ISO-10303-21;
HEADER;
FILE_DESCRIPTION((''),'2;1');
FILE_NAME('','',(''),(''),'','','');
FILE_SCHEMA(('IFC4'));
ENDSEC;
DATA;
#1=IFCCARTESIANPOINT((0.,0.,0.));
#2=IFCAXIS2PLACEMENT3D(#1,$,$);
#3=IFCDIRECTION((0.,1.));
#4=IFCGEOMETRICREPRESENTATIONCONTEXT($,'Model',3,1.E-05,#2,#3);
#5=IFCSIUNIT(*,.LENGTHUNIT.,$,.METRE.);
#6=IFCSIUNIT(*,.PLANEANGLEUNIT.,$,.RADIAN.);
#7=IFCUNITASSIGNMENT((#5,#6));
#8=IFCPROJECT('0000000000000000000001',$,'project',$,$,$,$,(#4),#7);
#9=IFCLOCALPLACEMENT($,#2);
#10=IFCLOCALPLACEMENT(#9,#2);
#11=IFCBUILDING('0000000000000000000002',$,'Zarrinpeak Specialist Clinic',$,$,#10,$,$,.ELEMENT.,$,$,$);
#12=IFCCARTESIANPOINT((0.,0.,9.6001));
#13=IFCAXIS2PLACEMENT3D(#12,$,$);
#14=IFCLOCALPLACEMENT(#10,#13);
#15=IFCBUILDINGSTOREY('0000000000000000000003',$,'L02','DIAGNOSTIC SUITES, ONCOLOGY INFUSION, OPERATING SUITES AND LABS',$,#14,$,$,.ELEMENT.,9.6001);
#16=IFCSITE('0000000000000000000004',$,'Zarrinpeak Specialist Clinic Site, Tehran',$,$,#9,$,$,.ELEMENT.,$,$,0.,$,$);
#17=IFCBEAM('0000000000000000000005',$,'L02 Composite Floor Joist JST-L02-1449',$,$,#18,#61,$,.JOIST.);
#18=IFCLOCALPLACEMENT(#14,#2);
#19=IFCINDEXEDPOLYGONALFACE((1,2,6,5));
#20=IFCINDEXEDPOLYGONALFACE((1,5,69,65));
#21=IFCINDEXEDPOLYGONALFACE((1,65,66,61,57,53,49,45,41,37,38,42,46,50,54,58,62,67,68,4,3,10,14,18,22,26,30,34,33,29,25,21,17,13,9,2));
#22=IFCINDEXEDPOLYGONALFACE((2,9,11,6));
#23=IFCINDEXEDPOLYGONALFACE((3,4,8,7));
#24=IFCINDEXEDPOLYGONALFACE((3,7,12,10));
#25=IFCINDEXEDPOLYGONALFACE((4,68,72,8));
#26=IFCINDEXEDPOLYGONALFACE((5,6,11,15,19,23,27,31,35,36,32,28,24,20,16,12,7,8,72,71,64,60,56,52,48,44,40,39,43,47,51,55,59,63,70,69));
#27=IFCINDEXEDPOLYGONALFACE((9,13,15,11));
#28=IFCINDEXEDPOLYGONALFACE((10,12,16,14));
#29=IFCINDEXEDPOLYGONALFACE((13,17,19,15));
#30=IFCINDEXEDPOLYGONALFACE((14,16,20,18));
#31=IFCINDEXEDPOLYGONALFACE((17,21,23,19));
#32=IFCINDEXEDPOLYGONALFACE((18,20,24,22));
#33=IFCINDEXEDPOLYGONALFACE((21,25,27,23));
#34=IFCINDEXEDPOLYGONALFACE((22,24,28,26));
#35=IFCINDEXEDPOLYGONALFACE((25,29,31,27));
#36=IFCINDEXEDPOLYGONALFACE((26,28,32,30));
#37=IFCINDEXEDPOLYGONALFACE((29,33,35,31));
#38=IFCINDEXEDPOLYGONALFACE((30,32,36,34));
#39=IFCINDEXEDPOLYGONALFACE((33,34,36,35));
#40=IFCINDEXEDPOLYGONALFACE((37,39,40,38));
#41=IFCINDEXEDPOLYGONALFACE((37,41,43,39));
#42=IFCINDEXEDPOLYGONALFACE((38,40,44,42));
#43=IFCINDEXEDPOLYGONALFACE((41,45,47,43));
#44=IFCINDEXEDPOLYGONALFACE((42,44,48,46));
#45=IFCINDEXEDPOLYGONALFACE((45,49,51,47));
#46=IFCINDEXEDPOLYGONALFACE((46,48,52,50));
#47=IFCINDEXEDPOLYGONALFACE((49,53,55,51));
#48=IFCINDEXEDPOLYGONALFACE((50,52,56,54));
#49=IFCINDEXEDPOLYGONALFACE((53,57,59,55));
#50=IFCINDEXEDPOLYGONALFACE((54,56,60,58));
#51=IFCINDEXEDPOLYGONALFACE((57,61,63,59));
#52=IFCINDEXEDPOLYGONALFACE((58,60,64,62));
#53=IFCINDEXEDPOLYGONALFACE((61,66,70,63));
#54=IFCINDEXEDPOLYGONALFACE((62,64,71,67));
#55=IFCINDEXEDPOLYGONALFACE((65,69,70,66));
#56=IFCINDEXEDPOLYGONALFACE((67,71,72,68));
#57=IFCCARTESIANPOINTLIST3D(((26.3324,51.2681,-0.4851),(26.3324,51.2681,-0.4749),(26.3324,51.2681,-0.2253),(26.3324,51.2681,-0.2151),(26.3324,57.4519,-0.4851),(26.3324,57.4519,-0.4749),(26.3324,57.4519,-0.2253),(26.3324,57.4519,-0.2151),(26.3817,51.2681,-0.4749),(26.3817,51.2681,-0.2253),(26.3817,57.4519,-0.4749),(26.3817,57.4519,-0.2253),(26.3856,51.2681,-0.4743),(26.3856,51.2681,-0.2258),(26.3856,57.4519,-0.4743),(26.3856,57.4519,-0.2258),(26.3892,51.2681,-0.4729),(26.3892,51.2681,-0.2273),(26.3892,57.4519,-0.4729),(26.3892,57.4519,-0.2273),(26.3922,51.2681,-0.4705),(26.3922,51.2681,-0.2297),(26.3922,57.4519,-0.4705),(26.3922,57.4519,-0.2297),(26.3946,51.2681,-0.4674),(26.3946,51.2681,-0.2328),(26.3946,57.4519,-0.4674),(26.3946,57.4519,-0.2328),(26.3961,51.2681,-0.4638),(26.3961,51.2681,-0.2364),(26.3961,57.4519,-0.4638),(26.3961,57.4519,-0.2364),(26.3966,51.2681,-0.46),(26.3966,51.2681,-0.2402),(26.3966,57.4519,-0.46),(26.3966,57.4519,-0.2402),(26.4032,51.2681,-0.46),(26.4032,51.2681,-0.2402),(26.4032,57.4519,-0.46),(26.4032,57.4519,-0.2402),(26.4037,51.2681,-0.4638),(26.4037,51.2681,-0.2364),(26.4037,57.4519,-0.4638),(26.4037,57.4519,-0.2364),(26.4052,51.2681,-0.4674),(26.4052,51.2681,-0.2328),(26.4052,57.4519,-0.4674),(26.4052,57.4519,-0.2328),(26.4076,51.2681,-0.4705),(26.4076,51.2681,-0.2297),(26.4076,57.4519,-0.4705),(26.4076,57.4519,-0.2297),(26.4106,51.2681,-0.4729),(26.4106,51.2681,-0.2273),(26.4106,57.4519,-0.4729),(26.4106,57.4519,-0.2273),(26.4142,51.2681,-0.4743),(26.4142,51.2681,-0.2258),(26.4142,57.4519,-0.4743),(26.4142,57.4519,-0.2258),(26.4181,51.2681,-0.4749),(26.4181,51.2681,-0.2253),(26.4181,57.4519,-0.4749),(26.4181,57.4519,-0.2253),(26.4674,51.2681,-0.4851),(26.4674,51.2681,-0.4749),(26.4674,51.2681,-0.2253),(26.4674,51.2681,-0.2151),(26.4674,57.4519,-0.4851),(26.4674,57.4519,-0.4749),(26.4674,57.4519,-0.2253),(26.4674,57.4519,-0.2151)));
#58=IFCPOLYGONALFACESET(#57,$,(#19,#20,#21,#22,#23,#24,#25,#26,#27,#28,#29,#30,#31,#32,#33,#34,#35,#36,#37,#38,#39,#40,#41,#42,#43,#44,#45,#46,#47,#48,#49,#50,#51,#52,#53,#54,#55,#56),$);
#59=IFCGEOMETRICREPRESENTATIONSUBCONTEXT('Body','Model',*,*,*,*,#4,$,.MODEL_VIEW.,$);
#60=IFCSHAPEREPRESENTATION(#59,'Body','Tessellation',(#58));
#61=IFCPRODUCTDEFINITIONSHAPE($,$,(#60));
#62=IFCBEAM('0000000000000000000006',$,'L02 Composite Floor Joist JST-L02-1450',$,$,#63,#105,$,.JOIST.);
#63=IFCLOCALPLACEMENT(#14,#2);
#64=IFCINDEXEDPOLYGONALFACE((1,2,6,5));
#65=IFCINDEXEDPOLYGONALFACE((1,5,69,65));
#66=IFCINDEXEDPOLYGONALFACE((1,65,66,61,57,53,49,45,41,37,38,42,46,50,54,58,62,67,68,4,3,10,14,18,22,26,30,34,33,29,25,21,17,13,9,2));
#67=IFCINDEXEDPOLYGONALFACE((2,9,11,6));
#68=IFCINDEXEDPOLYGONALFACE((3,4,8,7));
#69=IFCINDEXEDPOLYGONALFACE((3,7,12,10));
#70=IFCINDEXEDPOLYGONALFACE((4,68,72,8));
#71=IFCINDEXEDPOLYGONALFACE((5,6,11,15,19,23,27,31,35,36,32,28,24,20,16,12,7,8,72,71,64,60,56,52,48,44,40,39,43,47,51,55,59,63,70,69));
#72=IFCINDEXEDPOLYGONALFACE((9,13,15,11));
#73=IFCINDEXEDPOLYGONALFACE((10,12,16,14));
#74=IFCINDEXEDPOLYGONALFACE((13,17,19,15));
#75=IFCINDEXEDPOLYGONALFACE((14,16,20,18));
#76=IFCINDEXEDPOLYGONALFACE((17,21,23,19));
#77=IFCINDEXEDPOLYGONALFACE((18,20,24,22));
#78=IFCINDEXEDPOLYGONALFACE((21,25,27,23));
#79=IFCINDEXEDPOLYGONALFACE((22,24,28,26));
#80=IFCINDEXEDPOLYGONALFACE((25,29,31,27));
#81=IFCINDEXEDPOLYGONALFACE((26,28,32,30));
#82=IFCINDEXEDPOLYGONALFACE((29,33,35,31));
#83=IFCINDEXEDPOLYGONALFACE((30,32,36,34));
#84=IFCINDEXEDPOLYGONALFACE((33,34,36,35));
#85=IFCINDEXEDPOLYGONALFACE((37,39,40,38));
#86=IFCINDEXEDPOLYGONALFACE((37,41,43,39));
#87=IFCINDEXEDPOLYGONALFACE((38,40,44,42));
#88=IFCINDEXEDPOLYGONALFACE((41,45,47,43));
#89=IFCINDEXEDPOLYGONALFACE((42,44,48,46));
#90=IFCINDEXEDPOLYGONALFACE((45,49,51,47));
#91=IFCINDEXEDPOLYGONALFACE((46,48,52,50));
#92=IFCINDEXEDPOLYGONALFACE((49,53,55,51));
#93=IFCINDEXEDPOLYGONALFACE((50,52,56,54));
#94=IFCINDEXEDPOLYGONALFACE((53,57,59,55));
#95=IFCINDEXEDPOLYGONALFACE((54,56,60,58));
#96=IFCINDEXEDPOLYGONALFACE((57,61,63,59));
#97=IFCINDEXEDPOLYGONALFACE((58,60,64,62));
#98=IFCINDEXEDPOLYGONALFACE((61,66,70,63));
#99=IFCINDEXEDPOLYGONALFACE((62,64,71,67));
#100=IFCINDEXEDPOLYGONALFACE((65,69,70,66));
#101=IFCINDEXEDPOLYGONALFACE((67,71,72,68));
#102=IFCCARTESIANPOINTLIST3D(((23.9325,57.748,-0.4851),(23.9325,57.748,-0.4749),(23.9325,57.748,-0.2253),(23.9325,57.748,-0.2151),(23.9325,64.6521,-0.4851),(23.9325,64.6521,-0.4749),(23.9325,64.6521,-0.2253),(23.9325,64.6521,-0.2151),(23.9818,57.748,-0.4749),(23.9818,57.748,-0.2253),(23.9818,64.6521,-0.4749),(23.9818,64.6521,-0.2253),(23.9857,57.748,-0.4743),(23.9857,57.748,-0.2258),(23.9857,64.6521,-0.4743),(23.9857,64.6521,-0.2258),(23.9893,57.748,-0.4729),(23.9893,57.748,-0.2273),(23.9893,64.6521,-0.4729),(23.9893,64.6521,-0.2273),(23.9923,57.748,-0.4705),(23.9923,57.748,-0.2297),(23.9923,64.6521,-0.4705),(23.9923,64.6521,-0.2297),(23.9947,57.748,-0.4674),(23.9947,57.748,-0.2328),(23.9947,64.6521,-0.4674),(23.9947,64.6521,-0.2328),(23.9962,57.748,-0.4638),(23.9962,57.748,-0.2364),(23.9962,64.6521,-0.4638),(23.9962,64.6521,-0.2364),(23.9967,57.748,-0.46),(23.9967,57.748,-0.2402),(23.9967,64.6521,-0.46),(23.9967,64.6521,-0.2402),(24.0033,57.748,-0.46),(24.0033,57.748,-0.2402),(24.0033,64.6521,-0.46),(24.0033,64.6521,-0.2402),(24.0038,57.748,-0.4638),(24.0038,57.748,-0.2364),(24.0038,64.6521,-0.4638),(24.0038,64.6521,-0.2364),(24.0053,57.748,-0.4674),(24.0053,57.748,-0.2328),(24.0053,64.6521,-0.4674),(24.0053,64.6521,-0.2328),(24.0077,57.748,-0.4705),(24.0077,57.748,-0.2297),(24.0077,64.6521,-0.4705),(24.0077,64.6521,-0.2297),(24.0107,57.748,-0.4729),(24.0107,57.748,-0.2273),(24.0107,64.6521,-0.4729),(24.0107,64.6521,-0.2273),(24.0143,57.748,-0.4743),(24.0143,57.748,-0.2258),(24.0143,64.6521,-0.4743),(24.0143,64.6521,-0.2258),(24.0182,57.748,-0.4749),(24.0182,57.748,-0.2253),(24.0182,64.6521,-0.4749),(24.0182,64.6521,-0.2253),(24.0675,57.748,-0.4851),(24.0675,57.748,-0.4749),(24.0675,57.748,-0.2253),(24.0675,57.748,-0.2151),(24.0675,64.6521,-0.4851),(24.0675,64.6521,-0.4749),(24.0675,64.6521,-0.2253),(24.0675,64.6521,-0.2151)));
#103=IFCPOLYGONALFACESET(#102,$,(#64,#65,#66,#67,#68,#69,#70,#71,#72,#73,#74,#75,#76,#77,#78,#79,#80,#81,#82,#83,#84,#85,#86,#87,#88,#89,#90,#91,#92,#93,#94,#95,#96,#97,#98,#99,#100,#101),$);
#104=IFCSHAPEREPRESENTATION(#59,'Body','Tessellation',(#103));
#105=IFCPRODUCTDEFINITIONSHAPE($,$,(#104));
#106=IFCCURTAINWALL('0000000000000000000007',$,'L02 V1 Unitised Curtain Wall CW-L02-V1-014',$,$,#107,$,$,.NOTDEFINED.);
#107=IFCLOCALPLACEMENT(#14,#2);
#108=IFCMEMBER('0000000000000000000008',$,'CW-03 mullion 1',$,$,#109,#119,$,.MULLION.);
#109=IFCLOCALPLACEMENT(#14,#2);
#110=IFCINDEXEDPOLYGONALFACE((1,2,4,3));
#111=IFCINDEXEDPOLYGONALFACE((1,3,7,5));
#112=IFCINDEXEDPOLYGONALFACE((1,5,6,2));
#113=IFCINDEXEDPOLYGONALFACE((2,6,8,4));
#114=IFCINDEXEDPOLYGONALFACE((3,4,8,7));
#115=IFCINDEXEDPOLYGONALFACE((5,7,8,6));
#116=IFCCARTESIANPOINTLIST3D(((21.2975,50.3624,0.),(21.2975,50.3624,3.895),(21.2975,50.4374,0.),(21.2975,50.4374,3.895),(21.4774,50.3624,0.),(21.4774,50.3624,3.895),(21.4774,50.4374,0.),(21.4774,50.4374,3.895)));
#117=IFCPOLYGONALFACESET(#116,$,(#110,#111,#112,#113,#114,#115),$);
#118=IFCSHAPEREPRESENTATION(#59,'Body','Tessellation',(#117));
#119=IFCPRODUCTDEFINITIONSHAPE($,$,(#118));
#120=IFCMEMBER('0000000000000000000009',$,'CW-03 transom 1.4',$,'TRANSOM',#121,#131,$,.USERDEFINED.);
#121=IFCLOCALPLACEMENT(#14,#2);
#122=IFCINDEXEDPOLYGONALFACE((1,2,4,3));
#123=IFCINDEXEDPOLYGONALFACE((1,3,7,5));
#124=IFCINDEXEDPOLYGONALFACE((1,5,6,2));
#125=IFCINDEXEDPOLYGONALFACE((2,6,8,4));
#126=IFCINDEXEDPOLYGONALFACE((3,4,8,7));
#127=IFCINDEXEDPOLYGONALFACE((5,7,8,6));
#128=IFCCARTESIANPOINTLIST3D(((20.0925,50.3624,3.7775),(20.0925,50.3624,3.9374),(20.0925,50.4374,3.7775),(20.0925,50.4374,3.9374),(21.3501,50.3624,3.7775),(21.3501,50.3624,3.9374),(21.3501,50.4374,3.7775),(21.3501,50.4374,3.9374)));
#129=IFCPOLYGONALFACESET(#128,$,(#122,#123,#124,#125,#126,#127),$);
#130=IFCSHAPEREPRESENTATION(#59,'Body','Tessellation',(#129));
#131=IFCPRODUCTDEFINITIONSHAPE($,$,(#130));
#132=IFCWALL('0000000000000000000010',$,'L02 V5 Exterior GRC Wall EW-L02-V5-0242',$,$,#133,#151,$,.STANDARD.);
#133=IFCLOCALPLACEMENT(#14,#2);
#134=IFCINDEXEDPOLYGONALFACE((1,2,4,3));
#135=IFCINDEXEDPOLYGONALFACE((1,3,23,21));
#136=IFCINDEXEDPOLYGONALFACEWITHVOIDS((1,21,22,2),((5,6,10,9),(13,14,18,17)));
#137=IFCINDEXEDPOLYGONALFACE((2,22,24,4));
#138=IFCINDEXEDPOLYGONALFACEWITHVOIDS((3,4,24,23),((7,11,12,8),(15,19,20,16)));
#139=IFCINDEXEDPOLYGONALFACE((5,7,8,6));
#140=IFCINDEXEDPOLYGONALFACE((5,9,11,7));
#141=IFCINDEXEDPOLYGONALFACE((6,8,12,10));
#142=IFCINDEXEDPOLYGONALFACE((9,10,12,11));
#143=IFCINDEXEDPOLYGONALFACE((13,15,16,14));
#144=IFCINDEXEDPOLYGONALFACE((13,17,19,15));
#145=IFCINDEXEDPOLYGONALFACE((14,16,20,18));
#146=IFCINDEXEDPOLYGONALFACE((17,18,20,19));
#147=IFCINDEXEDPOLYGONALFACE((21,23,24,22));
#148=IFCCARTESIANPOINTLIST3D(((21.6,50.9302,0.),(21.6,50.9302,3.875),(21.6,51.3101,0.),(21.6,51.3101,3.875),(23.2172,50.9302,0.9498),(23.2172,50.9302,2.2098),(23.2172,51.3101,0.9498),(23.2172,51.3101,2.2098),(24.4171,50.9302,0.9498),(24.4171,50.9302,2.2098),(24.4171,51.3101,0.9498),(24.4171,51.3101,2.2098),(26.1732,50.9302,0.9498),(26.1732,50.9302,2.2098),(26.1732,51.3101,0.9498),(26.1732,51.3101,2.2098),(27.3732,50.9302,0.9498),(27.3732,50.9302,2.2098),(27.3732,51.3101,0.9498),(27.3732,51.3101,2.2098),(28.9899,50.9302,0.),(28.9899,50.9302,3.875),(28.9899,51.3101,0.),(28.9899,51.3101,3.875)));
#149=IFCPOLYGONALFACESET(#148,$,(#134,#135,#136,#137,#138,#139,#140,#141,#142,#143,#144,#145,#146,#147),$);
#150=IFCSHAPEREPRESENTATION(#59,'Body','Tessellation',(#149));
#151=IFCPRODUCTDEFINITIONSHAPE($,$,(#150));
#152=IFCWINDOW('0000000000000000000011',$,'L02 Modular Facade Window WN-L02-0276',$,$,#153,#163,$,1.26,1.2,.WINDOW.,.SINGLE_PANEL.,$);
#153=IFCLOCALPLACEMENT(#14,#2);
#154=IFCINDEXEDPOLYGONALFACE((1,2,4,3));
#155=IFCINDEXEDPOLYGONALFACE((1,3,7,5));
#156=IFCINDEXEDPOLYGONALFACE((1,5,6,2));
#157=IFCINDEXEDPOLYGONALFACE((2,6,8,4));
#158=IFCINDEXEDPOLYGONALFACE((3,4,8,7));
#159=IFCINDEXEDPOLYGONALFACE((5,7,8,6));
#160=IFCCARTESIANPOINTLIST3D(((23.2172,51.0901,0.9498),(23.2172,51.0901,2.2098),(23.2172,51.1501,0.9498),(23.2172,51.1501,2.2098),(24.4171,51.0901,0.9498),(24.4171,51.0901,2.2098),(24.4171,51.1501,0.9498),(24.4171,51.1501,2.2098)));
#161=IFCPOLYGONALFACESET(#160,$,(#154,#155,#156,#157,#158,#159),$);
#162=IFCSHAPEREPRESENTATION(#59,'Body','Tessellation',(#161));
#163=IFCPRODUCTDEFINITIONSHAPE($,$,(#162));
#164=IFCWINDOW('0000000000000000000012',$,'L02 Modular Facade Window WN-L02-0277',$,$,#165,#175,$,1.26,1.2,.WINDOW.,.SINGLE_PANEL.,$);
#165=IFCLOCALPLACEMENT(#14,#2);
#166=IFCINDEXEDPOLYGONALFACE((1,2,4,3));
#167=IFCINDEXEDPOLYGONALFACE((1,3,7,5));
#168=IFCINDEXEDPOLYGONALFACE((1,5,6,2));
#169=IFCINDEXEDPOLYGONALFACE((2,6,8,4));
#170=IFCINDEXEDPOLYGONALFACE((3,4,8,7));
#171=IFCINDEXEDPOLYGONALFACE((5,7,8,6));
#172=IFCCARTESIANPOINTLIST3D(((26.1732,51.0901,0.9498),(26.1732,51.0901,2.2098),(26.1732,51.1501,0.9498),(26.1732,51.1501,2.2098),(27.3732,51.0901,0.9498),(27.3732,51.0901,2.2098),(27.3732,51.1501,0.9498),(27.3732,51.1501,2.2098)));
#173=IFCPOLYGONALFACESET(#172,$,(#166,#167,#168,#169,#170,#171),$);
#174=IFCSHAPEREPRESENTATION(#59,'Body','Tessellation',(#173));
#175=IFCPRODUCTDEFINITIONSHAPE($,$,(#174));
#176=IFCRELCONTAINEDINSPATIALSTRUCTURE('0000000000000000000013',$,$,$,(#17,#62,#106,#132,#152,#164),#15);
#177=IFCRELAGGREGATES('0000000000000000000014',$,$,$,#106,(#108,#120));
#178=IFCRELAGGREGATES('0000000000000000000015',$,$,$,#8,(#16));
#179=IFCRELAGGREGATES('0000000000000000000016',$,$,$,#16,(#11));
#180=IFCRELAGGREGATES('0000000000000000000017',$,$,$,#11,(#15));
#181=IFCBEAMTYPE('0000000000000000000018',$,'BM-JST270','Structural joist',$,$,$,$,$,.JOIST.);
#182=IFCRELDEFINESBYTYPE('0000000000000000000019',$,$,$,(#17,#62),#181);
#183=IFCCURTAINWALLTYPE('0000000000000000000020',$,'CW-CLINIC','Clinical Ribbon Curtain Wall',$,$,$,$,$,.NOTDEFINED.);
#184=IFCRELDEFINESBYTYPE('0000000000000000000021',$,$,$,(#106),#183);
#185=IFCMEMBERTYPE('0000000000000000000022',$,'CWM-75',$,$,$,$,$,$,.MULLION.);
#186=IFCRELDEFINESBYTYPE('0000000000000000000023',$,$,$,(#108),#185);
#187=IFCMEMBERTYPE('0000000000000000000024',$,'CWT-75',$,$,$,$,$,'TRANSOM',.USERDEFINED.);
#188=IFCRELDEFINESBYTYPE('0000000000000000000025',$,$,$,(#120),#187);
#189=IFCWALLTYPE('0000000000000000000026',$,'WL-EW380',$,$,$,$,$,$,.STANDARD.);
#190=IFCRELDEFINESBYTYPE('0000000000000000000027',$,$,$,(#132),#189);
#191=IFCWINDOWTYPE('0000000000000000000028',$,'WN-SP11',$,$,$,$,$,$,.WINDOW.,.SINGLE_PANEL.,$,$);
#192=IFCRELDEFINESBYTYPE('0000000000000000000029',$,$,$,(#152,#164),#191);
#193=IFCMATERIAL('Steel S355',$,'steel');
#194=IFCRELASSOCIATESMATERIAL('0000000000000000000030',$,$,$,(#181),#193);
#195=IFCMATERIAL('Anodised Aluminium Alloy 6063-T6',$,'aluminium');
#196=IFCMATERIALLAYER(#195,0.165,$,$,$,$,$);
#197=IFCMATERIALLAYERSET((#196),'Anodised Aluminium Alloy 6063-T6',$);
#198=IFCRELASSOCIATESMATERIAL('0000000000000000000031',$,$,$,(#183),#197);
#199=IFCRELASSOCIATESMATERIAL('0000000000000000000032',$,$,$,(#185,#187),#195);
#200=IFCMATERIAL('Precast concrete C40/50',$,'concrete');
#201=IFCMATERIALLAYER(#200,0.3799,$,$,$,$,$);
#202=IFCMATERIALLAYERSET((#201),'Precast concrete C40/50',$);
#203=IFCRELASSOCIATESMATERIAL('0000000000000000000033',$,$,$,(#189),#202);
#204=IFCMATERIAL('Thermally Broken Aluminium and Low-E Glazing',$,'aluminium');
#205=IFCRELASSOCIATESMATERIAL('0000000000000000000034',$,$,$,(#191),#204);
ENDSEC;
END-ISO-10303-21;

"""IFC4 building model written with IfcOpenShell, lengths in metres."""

from ifc_helpers import new_model, si_unit, direction, frame, frame_2d, origin, origin_2d, place, context, subcontext, project, spatial, rectangle, i_section, extrude, material, layer, layer_set, material_profile, profile_set, type_object, element, fill, aggregate, save


model = new_model("IFC4")

# Units and contexts
model_context = context("Model", 3, precision=1e-05, world=origin(), true_north=direction((0.0, 1.0)))
body_context = subcontext(model_context, "Body", "Model", "MODEL_VIEW")
ifc_project = project(units=[si_unit("LENGTHUNIT", "METRE"), si_unit("PLANEANGLEUNIT", "RADIAN")], contexts=[model_context])

# Site, building, storey
site_placement = place(None, origin())
site = spatial("IfcSite", under=ifc_project, at=site_placement, Name="Zarrinpeak Specialist Clinic Site, Tehran", CompositionType="ELEMENT", RefElevation=0.0)
building_placement = place(site_placement, origin())
building = spatial("IfcBuilding", under=site, at=building_placement, Name="Zarrinpeak Specialist Clinic", CompositionType="ELEMENT")
storey_placement = place(building_placement, frame((0.0, 0.0, 9.6001)))
storey = spatial("IfcBuildingStorey", under=building, at=storey_placement, Name="L02", Description="DIAGNOSTIC SUITES, ONCOLOGY INFUSION, OPERATING SUITES AND LABS", CompositionType="ELEMENT", Elevation=9.6001)

# Shared definitions
ifc_material_1 = material(Name="Steel S355", Category="steel")

# Beams
ifc_material_profile_1 = material_profile(ifc_material_1, i_section(OverallWidth=0.135, OverallDepth=0.27, WebThickness=0.0066, FlangeThickness=0.0103, FilletRadius=0.0149, at=origin_2d()), Name="IPE 270")
ifc_profile_set_1 = profile_set([ifc_material_profile_1], Name="Steel S355")
beam_type_1 = type_object("IfcBeamType", Name="BM-JST270", Description="Structural joist", PredefinedType="JOIST", material=ifc_profile_set_1)
for number, where, z_axis, x_axis, name in (
    (1, (26.3999, 51.2681, -0.3501), (0.0, 1.0, 0.0), (-1.0, 0.0, 0.0), "L02 Composite Floor Joist JST-L02-1449"),
):
    element("IfcBeam", number, at=place(storey_placement, frame(where, z_axis=z_axis, x_axis=x_axis)), inside=storey, type_object=beam_type_1, Name=name, PredefinedType="JOIST", context=body_context, shape_type="SweptSolid", body=[
        extrude(i_section(OverallWidth=0.135, OverallDepth=0.27, WebThickness=0.0066, FlangeThickness=0.0103, FilletRadius=0.0149, at=origin_2d()), origin(), (0.0, 0.0, 1.0), 6.1838),
    ])
beam_1_placement = place(storey_placement, frame((24.0, 57.748, -0.3501), z_axis=(0.0, 1.0, 0.0), x_axis=(-1.0, 0.0, 0.0)))
element("IfcBeam", 2, at=beam_1_placement, inside=storey, type_object=beam_type_1, Name="L02 Composite Floor Joist JST-L02-1450", PredefinedType="JOIST", context=body_context, shape_type="SweptSolid", body=[
    extrude(i_section(OverallWidth=0.135, OverallDepth=0.27, WebThickness=0.0066, FlangeThickness=0.0103, FilletRadius=0.0149, at=origin_2d()), origin(), (0.0, 0.0, 1.0), 6.9041),
])

# Curtain wall, members
ifc_material_2 = material(Name="Anodised Aluminium Alloy 6063-T6", Category="aluminium")
ifc_layer_1 = layer(ifc_material_2, 0.165)
ifc_layer_set_1 = layer_set([ifc_layer_1], Name="Anodised Aluminium Alloy 6063-T6")
curtain_wall_type = type_object("IfcCurtainWallType", Name="CW-CLINIC", Description="Clinical Ribbon Curtain Wall", PredefinedType="NOTDEFINED", material=ifc_layer_set_1)
curtain_wall_placement = place(storey_placement, origin())
curtain_wall = element("IfcCurtainWall", 3, at=curtain_wall_placement, inside=storey, type_object=curtain_wall_type, Name="L02 V1 Unitised Curtain Wall CW-L02-V1-014", PredefinedType="NOTDEFINED")
ifc_material_profile_2 = material_profile(ifc_material_2, rectangle(XDim=0.075, YDim=0.1799, at=origin_2d()), Name="ALU 75x180")
ifc_profile_set_2 = profile_set([ifc_material_profile_2], Name="Anodised Aluminium Alloy 6063-T6")
member_type_1 = type_object("IfcMemberType", Name="CWM-75", PredefinedType="MULLION", material=ifc_profile_set_2)
member_1_placement = place(storey_placement, frame((21.3875, 50.3999, 0.0), z_axis=(0.0, 0.0, 1.0), x_axis=(0.0, -1.0, 0.0)))
member_1 = element("IfcMember", 4, at=member_1_placement, type_object=member_type_1, Name="CW-03 mullion 1", PredefinedType="MULLION", context=body_context, shape_type="SweptSolid", body=[
    extrude(rectangle(XDim=0.075, YDim=0.1799, at=origin_2d()), origin(), (0.0, 0.0, 1.0), 3.895),
])
ifc_material_profile_3 = material_profile(ifc_material_2, rectangle(XDim=0.075, YDim=0.1599, at=origin_2d()), Name="ALU 75x160")
ifc_profile_set_3 = profile_set([ifc_material_profile_3], Name="Anodised Aluminium Alloy 6063-T6")
member_type_2 = type_object("IfcMemberType", Name="CWT-75", ElementType="TRANSOM", PredefinedType="USERDEFINED", material=ifc_profile_set_3)
member_2_placement = place(storey_placement, frame((21.3501, 50.3999, 3.8574), z_axis=(-1.0, 0.0, 0.0), x_axis=(0.0, -1.0, 0.0)))
member_2 = element("IfcMember", 5, at=member_2_placement, type_object=member_type_2, Name="CW-03 transom 1.4", ObjectType="TRANSOM", PredefinedType="USERDEFINED", context=body_context, shape_type="SweptSolid", body=[
    extrude(rectangle(XDim=0.075, YDim=0.1599, at=origin_2d()), origin(), (0.0, 0.0, 1.0), 1.2576),
])
aggregate(curtain_wall, [member_1, member_2])

# Wall, openings, windows
ifc_material_3 = material(Name="Precast concrete C40/50", Category="concrete")
ifc_layer_2 = layer(ifc_material_3, 0.3799)
ifc_layer_set_2 = layer_set([ifc_layer_2], Name="Precast concrete C40/50")
wall_type_1 = type_object("IfcWallType", Name="WL-EW380", PredefinedType="STANDARD", material=ifc_layer_set_2)
wall_1_placement = place(storey_placement, frame((21.6001, 51.1201, 0.0), z_axis=(0.0, 0.0, 1.0), x_axis=(1.0, 0.0, 0.0)))
wall_1 = element("IfcWall", 6, at=wall_1_placement, inside=storey, type_object=wall_type_1, Name="L02 V5 Exterior GRC Wall EW-L02-V5-0242", PredefinedType="STANDARD", context=body_context, shape_type="SweptSolid", body=[
    extrude(rectangle(XDim=7.3899, YDim=0.3799, at=frame_2d((3.6948, 0.0))), origin(), (0.0, 0.0, 1.0), 3.875),
])
opening_1_placement = place(wall_1_placement, frame((1.6169, 0.0, 0.95)))
opening_1 = element("IfcOpeningElement", 7, at=opening_1_placement, cuts=wall_1, PredefinedType="OPENING", context=body_context, shape_type="SweptSolid", body=[
    extrude(rectangle(XDim=1.2, YDim=1.26, at=frame_2d((0.6001, 0.6299))), frame((0.0, 0.2, 0.0), z_axis=(0.0, -1.0, 0.0), x_axis=(1.0, 0.0, 0.0)), (0.0, 0.0, 1.0), 0.3999),
])
opening_2_placement = place(wall_1_placement, frame((4.573, 0.0, 0.95)))
opening_2 = element("IfcOpeningElement", 8, at=opening_2_placement, cuts=wall_1, PredefinedType="OPENING", context=body_context, shape_type="SweptSolid", body=[
    extrude(rectangle(XDim=1.2, YDim=1.26, at=frame_2d((0.6001, 0.6299))), frame((0.0, 0.2, 0.0), z_axis=(0.0, -1.0, 0.0), x_axis=(1.0, 0.0, 0.0)), (0.0, 0.0, 1.0), 0.3999),
])
ifc_material_4 = material(Name="Thermally Broken Aluminium and Low-E Glazing", Category="aluminium")
window_type = type_object("IfcWindowType", Name="WN-SP11", PartitioningType="SINGLE_PANEL", PredefinedType="WINDOW", material=ifc_material_4)
window_1_placement = place(opening_1_placement, origin())
window_1 = element("IfcWindow", 9, at=window_1_placement, inside=storey, type_object=window_type, Name="L02 Modular Facade Window WN-L02-0276", OverallHeight=1.26, OverallWidth=1.2, PartitioningType="SINGLE_PANEL", PredefinedType="WINDOW", context=body_context, shape_type="SweptSolid", body=[
    extrude(rectangle(XDim=1.2, YDim=1.26, at=frame_2d((0.6001, 0.6299))), frame((0.0, 0.03, 0.0), z_axis=(0.0, -1.0, 0.0), x_axis=(1.0, 0.0, 0.0)), (0.0, 0.0, 1.0), 0.0601),
])
fill(opening_1, window_1)
window_2_placement = place(opening_2_placement, origin())
window_2 = element("IfcWindow", 10, at=window_2_placement, inside=storey, type_object=window_type, Name="L02 Modular Facade Window WN-L02-0277", OverallHeight=1.26, OverallWidth=1.2, PartitioningType="SINGLE_PANEL", PredefinedType="WINDOW", context=body_context, shape_type="SweptSolid", body=[
    extrude(rectangle(XDim=1.2, YDim=1.26, at=frame_2d((0.6001, 0.6299))), frame((0.0, 0.03, 0.0), z_axis=(0.0, -1.0, 0.0), x_axis=(1.0, 0.0, 0.0)), (0.0, 0.0, 1.0), 0.0601),
])
fill(opening_2, window_2)

save(model, "model.ifc")
